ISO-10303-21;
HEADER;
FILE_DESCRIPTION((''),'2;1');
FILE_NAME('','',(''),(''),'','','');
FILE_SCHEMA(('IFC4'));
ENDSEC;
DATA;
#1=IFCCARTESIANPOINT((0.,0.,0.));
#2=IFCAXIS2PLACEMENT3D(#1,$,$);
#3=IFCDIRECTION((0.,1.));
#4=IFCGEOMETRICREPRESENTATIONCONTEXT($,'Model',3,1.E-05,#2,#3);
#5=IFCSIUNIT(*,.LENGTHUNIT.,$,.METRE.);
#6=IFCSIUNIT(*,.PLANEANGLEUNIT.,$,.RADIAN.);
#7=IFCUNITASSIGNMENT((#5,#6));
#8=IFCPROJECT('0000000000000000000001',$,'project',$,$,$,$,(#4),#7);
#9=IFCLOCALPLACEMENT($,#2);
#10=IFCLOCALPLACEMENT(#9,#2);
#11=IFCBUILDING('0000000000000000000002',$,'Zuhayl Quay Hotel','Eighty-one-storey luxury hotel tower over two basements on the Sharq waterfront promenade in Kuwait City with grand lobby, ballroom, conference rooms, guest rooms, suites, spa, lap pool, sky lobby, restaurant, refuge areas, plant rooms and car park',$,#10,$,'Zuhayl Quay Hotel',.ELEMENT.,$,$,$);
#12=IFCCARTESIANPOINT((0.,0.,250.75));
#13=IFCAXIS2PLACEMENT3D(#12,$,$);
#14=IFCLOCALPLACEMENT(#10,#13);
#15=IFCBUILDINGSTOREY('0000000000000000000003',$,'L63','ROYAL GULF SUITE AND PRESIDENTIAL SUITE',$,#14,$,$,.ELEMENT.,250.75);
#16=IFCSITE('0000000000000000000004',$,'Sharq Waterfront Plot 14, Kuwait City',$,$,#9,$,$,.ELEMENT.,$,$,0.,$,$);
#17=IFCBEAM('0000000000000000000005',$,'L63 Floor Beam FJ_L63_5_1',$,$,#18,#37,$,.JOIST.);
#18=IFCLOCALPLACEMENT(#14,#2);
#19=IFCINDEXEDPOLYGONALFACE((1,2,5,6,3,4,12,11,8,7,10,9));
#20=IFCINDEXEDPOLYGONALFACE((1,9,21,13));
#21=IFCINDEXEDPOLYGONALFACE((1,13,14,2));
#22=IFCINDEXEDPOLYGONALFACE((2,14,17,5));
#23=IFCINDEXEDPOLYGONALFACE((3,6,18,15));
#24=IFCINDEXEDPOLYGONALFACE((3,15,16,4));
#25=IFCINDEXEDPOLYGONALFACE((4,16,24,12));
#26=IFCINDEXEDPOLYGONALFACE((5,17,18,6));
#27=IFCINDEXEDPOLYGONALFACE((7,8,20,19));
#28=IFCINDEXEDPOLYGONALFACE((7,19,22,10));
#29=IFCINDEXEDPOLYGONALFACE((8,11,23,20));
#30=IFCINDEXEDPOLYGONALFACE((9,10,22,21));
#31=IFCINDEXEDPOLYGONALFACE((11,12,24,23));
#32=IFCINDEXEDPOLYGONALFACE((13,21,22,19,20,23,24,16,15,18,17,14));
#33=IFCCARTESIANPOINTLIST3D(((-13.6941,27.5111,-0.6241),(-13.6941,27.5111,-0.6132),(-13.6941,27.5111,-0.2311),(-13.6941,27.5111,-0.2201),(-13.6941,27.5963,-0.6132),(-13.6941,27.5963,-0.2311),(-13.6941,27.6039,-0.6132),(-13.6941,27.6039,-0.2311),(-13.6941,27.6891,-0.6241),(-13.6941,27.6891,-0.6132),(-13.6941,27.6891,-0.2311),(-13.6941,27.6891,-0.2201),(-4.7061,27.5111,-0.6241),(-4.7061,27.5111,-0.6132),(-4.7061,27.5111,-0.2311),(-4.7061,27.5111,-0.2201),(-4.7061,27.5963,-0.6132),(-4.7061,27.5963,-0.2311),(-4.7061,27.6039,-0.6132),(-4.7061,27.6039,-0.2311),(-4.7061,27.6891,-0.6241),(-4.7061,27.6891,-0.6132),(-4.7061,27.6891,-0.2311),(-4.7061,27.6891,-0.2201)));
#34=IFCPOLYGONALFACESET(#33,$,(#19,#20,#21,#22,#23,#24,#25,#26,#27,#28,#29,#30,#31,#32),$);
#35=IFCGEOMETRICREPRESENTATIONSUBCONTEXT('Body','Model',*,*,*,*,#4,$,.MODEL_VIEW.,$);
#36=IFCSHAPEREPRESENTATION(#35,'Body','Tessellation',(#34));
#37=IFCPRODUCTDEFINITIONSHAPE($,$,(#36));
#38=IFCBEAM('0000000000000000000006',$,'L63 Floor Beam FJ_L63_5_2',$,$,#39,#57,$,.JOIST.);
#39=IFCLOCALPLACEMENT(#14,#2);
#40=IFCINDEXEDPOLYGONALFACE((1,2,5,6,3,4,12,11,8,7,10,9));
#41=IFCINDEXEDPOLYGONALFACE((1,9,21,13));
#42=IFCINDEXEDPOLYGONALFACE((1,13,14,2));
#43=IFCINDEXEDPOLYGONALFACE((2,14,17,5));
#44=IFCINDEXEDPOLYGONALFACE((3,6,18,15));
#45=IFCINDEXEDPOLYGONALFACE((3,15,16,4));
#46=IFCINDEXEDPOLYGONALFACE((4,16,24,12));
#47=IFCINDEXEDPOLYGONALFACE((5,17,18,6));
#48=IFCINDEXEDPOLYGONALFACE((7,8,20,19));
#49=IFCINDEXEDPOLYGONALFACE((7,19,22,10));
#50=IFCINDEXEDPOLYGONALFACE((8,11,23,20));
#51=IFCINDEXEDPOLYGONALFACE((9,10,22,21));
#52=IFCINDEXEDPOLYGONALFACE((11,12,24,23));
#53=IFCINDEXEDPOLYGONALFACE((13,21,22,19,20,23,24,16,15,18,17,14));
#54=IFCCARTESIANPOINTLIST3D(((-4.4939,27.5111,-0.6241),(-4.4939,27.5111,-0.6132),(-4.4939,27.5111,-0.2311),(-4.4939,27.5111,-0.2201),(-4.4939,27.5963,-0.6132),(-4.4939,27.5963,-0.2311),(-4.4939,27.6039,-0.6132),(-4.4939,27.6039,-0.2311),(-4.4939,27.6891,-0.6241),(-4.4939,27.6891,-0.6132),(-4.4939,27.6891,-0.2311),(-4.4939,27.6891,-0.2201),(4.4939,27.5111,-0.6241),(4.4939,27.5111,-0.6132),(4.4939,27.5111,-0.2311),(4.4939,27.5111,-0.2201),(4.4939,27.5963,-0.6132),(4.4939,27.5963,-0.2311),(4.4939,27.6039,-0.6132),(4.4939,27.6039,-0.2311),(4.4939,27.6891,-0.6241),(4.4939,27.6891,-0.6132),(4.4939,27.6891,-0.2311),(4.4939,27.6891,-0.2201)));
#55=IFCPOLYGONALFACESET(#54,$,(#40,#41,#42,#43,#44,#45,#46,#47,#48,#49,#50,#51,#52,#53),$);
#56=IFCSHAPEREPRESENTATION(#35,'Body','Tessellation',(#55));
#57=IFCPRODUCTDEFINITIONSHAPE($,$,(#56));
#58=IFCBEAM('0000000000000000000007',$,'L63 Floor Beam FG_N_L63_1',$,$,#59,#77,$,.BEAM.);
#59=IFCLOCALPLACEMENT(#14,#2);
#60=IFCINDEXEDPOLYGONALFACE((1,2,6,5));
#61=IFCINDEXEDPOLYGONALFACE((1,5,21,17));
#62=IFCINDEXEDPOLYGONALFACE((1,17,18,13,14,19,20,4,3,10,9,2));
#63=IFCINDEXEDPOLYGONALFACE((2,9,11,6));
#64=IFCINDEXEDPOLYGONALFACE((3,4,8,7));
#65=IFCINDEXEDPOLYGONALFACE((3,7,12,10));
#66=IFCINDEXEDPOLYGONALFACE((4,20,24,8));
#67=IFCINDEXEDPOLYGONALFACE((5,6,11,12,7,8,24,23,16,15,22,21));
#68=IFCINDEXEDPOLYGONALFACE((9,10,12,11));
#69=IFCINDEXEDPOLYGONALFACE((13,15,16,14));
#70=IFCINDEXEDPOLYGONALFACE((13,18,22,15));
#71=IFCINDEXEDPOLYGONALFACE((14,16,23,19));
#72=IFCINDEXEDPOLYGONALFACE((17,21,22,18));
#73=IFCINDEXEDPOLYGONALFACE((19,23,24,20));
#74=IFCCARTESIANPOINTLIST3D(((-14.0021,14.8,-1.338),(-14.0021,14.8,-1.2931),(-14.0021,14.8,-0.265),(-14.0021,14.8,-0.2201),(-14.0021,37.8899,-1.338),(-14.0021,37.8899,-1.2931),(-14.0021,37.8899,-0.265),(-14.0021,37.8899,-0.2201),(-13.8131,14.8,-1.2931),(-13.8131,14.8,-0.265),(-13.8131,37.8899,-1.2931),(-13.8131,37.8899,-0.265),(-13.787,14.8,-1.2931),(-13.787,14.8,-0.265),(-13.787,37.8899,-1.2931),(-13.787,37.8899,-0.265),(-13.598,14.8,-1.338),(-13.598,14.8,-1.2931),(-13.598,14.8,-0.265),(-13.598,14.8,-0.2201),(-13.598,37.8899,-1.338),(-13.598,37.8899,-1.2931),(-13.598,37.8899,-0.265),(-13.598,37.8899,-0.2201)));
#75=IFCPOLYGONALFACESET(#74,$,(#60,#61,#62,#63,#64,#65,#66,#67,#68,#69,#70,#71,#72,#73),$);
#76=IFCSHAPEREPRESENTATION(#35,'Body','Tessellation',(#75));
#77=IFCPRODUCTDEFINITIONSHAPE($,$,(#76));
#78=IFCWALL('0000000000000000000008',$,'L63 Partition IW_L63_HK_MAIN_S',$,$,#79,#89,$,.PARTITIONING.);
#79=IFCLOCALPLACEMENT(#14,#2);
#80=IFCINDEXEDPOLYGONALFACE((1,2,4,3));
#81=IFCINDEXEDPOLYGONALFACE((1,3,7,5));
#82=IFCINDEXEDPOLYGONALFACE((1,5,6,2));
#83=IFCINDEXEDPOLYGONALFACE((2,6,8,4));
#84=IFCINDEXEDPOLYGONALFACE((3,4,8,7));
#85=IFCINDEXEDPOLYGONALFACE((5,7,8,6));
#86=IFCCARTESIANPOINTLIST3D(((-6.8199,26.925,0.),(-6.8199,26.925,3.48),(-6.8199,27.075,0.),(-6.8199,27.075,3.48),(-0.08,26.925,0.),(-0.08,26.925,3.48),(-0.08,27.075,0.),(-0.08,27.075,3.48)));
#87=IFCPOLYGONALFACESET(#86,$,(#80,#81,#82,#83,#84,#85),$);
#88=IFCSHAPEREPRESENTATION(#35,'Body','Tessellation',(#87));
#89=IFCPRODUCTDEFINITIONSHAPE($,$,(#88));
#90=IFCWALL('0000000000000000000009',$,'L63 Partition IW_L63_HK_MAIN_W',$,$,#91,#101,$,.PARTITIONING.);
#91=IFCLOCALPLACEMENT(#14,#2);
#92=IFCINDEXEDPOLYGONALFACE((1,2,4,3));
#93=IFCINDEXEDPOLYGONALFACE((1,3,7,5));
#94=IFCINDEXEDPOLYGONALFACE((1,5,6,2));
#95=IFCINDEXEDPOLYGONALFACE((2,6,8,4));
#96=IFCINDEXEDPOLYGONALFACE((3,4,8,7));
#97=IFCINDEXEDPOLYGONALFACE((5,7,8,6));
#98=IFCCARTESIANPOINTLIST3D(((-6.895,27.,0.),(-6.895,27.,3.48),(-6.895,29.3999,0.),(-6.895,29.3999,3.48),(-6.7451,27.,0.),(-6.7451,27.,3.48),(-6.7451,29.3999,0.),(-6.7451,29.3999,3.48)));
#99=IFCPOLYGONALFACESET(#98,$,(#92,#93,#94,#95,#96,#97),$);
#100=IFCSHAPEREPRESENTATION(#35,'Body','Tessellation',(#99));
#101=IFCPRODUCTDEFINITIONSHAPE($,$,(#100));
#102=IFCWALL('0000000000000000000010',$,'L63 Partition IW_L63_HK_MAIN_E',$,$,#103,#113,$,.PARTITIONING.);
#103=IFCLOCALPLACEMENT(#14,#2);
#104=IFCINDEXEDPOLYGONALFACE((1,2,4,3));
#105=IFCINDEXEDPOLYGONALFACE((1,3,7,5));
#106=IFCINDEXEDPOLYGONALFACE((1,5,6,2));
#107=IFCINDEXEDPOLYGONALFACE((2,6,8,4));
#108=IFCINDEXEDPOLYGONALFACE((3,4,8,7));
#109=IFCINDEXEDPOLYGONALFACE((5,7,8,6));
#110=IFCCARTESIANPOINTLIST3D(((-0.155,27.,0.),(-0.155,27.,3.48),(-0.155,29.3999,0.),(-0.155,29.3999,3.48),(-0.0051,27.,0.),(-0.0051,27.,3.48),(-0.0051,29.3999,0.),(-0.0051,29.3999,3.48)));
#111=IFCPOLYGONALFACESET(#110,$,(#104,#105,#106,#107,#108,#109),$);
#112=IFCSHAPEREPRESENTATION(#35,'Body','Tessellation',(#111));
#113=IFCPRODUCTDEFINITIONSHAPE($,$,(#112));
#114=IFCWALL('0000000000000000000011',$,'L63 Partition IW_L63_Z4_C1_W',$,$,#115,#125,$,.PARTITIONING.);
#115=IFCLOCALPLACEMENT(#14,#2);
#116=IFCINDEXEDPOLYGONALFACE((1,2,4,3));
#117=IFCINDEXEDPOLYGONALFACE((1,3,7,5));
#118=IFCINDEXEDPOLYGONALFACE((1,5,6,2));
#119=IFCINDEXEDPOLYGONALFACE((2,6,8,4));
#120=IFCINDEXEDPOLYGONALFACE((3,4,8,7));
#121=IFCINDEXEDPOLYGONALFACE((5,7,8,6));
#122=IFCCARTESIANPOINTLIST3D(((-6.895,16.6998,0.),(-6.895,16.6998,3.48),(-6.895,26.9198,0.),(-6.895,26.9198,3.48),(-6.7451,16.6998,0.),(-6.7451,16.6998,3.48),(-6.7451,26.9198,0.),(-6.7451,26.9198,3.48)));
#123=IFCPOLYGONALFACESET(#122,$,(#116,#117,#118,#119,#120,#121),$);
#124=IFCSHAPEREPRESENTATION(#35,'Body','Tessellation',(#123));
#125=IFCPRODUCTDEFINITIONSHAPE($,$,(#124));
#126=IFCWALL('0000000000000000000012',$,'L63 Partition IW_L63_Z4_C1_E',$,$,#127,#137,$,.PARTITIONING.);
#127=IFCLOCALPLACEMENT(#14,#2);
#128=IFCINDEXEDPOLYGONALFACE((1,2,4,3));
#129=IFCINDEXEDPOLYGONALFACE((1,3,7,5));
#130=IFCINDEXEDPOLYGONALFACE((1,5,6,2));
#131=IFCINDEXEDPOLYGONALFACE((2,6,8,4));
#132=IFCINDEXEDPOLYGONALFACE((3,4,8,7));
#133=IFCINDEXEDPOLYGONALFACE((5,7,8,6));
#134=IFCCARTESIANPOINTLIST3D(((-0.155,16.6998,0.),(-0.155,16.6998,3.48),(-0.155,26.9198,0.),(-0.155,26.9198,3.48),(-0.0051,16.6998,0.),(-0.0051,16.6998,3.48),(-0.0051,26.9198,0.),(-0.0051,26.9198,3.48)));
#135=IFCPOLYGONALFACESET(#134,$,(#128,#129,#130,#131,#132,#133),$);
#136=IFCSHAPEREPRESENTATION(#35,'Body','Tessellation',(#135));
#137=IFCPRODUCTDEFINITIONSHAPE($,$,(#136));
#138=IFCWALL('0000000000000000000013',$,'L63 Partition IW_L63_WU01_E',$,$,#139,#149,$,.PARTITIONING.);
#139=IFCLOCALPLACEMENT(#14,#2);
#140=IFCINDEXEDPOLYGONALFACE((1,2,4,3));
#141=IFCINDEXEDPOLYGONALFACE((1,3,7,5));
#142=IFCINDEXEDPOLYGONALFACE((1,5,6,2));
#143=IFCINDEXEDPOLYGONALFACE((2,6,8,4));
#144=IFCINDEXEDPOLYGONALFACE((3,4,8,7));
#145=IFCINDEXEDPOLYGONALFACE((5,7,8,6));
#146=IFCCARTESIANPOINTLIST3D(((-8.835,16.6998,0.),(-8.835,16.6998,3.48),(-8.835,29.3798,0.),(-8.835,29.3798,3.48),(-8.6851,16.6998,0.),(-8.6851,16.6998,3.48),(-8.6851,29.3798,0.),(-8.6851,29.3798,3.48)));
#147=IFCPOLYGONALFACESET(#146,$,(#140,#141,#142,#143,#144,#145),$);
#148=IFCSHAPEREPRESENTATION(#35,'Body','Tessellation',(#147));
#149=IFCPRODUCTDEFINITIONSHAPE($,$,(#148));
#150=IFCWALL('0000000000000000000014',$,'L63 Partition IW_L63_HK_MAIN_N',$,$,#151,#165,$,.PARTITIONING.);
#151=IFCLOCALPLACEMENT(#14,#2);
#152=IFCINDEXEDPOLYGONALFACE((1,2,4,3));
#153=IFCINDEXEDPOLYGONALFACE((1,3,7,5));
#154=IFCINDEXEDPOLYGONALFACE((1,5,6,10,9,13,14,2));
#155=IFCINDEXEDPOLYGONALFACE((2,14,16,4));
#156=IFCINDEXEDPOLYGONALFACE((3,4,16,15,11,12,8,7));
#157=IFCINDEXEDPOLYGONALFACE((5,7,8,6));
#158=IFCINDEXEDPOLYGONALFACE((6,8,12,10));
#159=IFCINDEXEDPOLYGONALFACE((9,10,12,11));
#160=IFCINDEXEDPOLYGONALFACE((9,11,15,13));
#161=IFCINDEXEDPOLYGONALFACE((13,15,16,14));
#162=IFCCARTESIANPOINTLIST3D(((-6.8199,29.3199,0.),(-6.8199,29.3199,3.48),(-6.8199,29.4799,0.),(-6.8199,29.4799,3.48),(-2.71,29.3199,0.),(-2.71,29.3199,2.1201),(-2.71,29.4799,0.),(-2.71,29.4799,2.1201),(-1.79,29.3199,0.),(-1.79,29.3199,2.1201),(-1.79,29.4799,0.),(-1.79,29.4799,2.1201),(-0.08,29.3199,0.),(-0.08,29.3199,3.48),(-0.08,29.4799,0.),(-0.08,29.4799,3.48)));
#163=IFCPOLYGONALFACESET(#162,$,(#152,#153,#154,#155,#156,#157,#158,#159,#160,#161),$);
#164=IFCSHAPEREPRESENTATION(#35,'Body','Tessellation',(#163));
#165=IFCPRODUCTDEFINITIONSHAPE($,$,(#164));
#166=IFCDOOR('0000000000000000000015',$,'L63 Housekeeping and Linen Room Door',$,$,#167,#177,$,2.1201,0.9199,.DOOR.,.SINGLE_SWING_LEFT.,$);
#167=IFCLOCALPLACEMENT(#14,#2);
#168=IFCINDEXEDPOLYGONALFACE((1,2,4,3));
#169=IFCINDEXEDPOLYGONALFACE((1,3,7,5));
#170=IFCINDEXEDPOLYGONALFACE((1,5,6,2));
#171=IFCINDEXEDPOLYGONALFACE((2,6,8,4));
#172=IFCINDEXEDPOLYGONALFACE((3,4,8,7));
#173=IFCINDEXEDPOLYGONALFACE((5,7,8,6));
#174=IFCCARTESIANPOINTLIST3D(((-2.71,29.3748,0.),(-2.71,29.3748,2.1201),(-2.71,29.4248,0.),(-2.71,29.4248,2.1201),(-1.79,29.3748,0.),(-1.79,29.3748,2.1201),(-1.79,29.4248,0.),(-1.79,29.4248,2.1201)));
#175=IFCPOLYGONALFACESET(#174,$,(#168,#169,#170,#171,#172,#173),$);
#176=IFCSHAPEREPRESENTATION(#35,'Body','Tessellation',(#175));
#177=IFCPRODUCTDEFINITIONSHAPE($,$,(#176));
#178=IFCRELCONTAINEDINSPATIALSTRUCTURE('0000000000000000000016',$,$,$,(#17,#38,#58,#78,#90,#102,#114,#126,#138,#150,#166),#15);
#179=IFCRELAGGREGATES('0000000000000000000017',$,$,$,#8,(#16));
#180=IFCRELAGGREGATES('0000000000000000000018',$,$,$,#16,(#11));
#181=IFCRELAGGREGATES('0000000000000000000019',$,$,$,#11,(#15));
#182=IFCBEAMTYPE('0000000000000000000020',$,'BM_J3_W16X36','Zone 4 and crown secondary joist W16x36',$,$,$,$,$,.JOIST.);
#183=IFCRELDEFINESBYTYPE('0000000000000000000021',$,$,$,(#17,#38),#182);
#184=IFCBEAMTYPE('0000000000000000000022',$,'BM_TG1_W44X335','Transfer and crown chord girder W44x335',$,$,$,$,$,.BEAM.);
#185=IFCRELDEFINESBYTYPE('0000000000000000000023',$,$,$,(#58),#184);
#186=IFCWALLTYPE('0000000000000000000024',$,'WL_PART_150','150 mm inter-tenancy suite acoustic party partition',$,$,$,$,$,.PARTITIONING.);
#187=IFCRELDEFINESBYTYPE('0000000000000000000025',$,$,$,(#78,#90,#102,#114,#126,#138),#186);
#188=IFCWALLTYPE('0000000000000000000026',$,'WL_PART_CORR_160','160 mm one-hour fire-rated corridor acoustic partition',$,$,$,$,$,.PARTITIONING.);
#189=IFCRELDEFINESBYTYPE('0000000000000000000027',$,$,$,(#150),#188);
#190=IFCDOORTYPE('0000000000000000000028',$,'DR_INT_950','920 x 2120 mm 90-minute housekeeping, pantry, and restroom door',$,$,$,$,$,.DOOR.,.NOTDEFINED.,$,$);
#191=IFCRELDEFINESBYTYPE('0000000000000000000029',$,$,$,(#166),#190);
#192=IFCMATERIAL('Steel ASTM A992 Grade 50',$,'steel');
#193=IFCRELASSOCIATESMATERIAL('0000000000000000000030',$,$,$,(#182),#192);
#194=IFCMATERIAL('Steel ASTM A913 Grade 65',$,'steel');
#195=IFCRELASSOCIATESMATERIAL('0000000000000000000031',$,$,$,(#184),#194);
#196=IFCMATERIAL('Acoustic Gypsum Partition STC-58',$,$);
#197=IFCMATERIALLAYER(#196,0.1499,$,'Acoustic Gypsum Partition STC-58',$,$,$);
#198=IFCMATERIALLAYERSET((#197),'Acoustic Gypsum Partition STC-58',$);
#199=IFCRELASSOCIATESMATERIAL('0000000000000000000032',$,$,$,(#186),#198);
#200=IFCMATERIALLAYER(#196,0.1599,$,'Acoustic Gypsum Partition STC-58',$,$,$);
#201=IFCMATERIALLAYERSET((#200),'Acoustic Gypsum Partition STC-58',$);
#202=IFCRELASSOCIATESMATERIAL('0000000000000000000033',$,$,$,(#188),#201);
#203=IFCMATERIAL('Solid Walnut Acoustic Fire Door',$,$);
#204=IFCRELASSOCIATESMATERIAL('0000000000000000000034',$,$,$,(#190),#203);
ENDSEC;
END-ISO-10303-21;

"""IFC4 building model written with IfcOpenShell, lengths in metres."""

from ifc_helpers import new_model, si_unit, direction, frame, frame_2d, origin, origin_2d, place, context, subcontext, project, spatial, rectangle, i_section, extrude, material, layer, layer_set, material_profile, profile_set, type_object, element, fill, save


model = new_model("IFC4")

# Units and contexts
model_context = context("Model", 3, precision=1e-05, world=origin(), true_north=direction((0.0, 1.0)))
body_context = subcontext(model_context, "Body", "Model", "MODEL_VIEW")
ifc_project = project(units=[si_unit("LENGTHUNIT", "METRE"), si_unit("PLANEANGLEUNIT", "RADIAN")], contexts=[model_context])

# Site, building, storey
site_placement = place(None, origin())
site = spatial("IfcSite", under=ifc_project, at=site_placement, Name="Sharq Waterfront Plot 14, Kuwait City", CompositionType="ELEMENT", RefElevation=0.0)
building_placement = place(site_placement, origin())
building = spatial("IfcBuilding", under=site, at=building_placement, Name="Zuhayl Quay Hotel", Description="Eighty-one-storey luxury hotel tower over two basements on the Sharq waterfront promenade in Kuwait City with grand lobby, ballroom, conference rooms, guest rooms, suites, spa, lap pool, sky lobby, restaurant, refuge areas, plant rooms and car park", LongName="Zuhayl Quay Hotel", CompositionType="ELEMENT")
storey_placement = place(building_placement, frame((0.0, 0.0, 250.75)))
storey = spatial("IfcBuildingStorey", under=building, at=storey_placement, Name="L63", Description="ROYAL GULF SUITE AND PRESIDENTIAL SUITE", CompositionType="ELEMENT", Elevation=250.75)

# Beams
ifc_material_1 = material(Name="Steel ASTM A992 Grade 50", Category="steel")
ifc_material_profile_1 = material_profile(ifc_material_1, i_section(OverallWidth=0.178, OverallDepth=0.4041, WebThickness=0.0076, FlangeThickness=0.011, at=origin_2d()), Name="W16X36")
ifc_profile_set_1 = profile_set([ifc_material_profile_1], Name="Steel ASTM A992 Grade 50")
beam_type_1 = type_object("IfcBeamType", Name="BM_J3_W16X36", Description="Zone 4 and crown secondary joist W16x36", PredefinedType="JOIST", material=ifc_profile_set_1)
beam_1_placement = place(storey_placement, frame((-13.6941, 27.6001, -0.4221), z_axis=(1.0, 0.0, 0.0), x_axis=(0.0, 1.0, 0.0)))
element("IfcBeam", 1, at=beam_1_placement, inside=storey, type_object=beam_type_1, Name="L63 Floor Beam FJ_L63_5_1", PredefinedType="JOIST", context=body_context, shape_type="SweptSolid", body=[
    extrude(i_section(OverallWidth=0.178, OverallDepth=0.4041, WebThickness=0.0076, FlangeThickness=0.011, at=origin_2d()), origin(), (0.0, 0.0, 1.0), 8.988),
])
beam_2_placement = place(storey_placement, frame((-4.4939, 27.6001, -0.4221), z_axis=(1.0, 0.0, 0.0), x_axis=(0.0, 1.0, 0.0)))
element("IfcBeam", 2, at=beam_2_placement, inside=storey, type_object=beam_type_1, Name="L63 Floor Beam FJ_L63_5_2", PredefinedType="JOIST", context=body_context, shape_type="SweptSolid", body=[
    extrude(i_section(OverallWidth=0.178, OverallDepth=0.4041, WebThickness=0.0076, FlangeThickness=0.011, at=origin_2d()), origin(), (0.0, 0.0, 1.0), 8.9878),
])
ifc_material_2 = material(Name="Steel ASTM A913 Grade 65", Category="steel")
ifc_material_profile_2 = material_profile(ifc_material_2, i_section(OverallWidth=0.4041, OverallDepth=1.1179, WebThickness=0.0261, FlangeThickness=0.0449, at=origin_2d()), Name="W44X335")
ifc_profile_set_2 = profile_set([ifc_material_profile_2], Name="Steel ASTM A913 Grade 65")
beam_type_2 = type_object("IfcBeamType", Name="BM_TG1_W44X335", Description="Transfer and crown chord girder W44x335", PredefinedType="BEAM", material=ifc_profile_set_2)
beam_3_placement = place(storey_placement, frame((-13.8, 14.8, -0.7791), z_axis=(0.0, 1.0, 0.0), x_axis=(-1.0, 0.0, 0.0)))
element("IfcBeam", 3, at=beam_3_placement, inside=storey, type_object=beam_type_2, Name="L63 Floor Beam FG_N_L63_1", PredefinedType="BEAM", context=body_context, shape_type="SweptSolid", body=[
    extrude(i_section(OverallWidth=0.4041, OverallDepth=1.1179, WebThickness=0.0261, FlangeThickness=0.0449, at=origin_2d()), origin(), (0.0, 0.0, 1.0), 23.0898),
])

# Walls
ifc_material_3 = material(Name="Acoustic Gypsum Partition STC-58")
ifc_layer_1 = layer(ifc_material_3, 0.1499, Name="Acoustic Gypsum Partition STC-58")
ifc_layer_set_1 = layer_set([ifc_layer_1], Name="Acoustic Gypsum Partition STC-58")
wall_type_1 = type_object("IfcWallType", Name="WL_PART_150", Description="150 mm inter-tenancy suite acoustic party partition", PredefinedType="PARTITIONING", material=ifc_layer_set_1)
wall_1_placement = place(storey_placement, frame((-6.8201, 27.0, 0.0), z_axis=(0.0, 0.0, 1.0), x_axis=(1.0, 0.0, 0.0)))
element("IfcWall", 4, at=wall_1_placement, inside=storey, type_object=wall_type_1, Name="L63 Partition IW_L63_HK_MAIN_S", PredefinedType="PARTITIONING", context=body_context, shape_type="SweptSolid", body=[
    extrude(rectangle(XDim=6.74, YDim=0.1499, at=frame_2d((3.3701, 0.0))), origin(), (0.0, 0.0, 1.0), 3.48),
])
for number, where, z_axis, x_axis, name in (
    (5, (-6.8201, 27.0, 0.0), (0.0, 0.0, 1.0), (0.0, 1.0, 0.0), "L63 Partition IW_L63_HK_MAIN_W"),
    (6, (-0.0801, 27.0, 0.0), (0.0, 0.0, 1.0), (0.0, 1.0, 0.0), "L63 Partition IW_L63_HK_MAIN_E"),
):
    element("IfcWall", number, at=place(storey_placement, frame(where, z_axis=z_axis, x_axis=x_axis)), inside=storey, type_object=wall_type_1, Name=name, PredefinedType="PARTITIONING", context=body_context, shape_type="SweptSolid", body=[
        extrude(rectangle(XDim=2.3999, YDim=0.1499, at=frame_2d((1.2, 0.0))), origin(), (0.0, 0.0, 1.0), 3.48),
    ])
for number, where, z_axis, x_axis, name in (
    (7, (-6.8201, 16.7, 0.0), (0.0, 0.0, 1.0), (0.0, 1.0, 0.0), "L63 Partition IW_L63_Z4_C1_W"),
    (8, (-0.0801, 16.7, 0.0), (0.0, 0.0, 1.0), (0.0, 1.0, 0.0), "L63 Partition IW_L63_Z4_C1_E"),
):
    element("IfcWall", number, at=place(storey_placement, frame(where, z_axis=z_axis, x_axis=x_axis)), inside=storey, type_object=wall_type_1, Name=name, PredefinedType="PARTITIONING", context=body_context, shape_type="SweptSolid", body=[
        extrude(rectangle(XDim=10.22, YDim=0.1499, at=frame_2d((5.1099, 0.0))), origin(), (0.0, 0.0, 1.0), 3.48),
    ])
wall_2_placement = place(storey_placement, frame((-8.76, 16.7, 0.0), z_axis=(0.0, 0.0, 1.0), x_axis=(0.0, 1.0, 0.0)))
element("IfcWall", 9, at=wall_2_placement, inside=storey, type_object=wall_type_1, Name="L63 Partition IW_L63_WU01_E", PredefinedType="PARTITIONING", context=body_context, shape_type="SweptSolid", body=[
    extrude(rectangle(XDim=12.6799, YDim=0.1499, at=frame_2d((6.3398, 0.0))), origin(), (0.0, 0.0, 1.0), 3.48),
])

# Wall, opening, door
ifc_layer_2 = layer(ifc_material_3, 0.1599, Name="Acoustic Gypsum Partition STC-58")
ifc_layer_set_2 = layer_set([ifc_layer_2], Name="Acoustic Gypsum Partition STC-58")
wall_type_2 = type_object("IfcWallType", Name="WL_PART_CORR_160", Description="160 mm one-hour fire-rated corridor acoustic partition", PredefinedType="PARTITIONING", material=ifc_layer_set_2)
wall_3_placement = place(storey_placement, frame((-6.8201, 29.3999, 0.0), z_axis=(0.0, 0.0, 1.0), x_axis=(1.0, 0.0, 0.0)))
wall_3 = element("IfcWall", 10, at=wall_3_placement, inside=storey, type_object=wall_type_2, Name="L63 Partition IW_L63_HK_MAIN_N", PredefinedType="PARTITIONING", context=body_context, shape_type="SweptSolid", body=[
    extrude(rectangle(XDim=6.74, YDim=0.1599, at=frame_2d((3.3701, 0.0))), origin(), (0.0, 0.0, 1.0), 3.48),
])
opening_1_placement = place(wall_3_placement, frame((4.1101, 0.0, 0.0)))
opening_1 = element("IfcOpeningElement", 11, at=opening_1_placement, cuts=wall_3, PredefinedType="OPENING", context=body_context, shape_type="SweptSolid", body=[
    extrude(rectangle(XDim=0.9199, YDim=2.1201, at=frame_2d((0.46, 1.0601))), frame((0.0, 0.0898, 0.0), z_axis=(0.0, -1.0, 0.0), x_axis=(1.0, 0.0, 0.0)), (0.0, 0.0, 1.0), 0.1799),
])
ifc_material_4 = material(Name="Solid Walnut Acoustic Fire Door")
door_type_1 = type_object("IfcDoorType", Name="DR_INT_950", Description="920 x 2120 mm 90-minute housekeeping, pantry, and restroom door", OperationType="NOTDEFINED", PredefinedType="DOOR", material=ifc_material_4)
door_1_placement = place(opening_1_placement, origin())
door_1 = element("IfcDoor", 12, at=door_1_placement, inside=storey, type_object=door_type_1, Name="L63 Housekeeping and Linen Room Door", OperationType="SINGLE_SWING_LEFT", OverallHeight=2.1201, OverallWidth=0.9199, PredefinedType="DOOR", context=body_context, shape_type="SweptSolid", body=[
    extrude(rectangle(XDim=0.9199, YDim=2.1201, at=frame_2d((0.46, 1.0601))), frame((0.0, 0.0249, 0.0), z_axis=(0.0, -1.0, 0.0), x_axis=(1.0, 0.0, 0.0)), (0.0, 0.0, 1.0), 0.05),
])
fill(opening_1, door_1)

save(model, "model.ifc")
